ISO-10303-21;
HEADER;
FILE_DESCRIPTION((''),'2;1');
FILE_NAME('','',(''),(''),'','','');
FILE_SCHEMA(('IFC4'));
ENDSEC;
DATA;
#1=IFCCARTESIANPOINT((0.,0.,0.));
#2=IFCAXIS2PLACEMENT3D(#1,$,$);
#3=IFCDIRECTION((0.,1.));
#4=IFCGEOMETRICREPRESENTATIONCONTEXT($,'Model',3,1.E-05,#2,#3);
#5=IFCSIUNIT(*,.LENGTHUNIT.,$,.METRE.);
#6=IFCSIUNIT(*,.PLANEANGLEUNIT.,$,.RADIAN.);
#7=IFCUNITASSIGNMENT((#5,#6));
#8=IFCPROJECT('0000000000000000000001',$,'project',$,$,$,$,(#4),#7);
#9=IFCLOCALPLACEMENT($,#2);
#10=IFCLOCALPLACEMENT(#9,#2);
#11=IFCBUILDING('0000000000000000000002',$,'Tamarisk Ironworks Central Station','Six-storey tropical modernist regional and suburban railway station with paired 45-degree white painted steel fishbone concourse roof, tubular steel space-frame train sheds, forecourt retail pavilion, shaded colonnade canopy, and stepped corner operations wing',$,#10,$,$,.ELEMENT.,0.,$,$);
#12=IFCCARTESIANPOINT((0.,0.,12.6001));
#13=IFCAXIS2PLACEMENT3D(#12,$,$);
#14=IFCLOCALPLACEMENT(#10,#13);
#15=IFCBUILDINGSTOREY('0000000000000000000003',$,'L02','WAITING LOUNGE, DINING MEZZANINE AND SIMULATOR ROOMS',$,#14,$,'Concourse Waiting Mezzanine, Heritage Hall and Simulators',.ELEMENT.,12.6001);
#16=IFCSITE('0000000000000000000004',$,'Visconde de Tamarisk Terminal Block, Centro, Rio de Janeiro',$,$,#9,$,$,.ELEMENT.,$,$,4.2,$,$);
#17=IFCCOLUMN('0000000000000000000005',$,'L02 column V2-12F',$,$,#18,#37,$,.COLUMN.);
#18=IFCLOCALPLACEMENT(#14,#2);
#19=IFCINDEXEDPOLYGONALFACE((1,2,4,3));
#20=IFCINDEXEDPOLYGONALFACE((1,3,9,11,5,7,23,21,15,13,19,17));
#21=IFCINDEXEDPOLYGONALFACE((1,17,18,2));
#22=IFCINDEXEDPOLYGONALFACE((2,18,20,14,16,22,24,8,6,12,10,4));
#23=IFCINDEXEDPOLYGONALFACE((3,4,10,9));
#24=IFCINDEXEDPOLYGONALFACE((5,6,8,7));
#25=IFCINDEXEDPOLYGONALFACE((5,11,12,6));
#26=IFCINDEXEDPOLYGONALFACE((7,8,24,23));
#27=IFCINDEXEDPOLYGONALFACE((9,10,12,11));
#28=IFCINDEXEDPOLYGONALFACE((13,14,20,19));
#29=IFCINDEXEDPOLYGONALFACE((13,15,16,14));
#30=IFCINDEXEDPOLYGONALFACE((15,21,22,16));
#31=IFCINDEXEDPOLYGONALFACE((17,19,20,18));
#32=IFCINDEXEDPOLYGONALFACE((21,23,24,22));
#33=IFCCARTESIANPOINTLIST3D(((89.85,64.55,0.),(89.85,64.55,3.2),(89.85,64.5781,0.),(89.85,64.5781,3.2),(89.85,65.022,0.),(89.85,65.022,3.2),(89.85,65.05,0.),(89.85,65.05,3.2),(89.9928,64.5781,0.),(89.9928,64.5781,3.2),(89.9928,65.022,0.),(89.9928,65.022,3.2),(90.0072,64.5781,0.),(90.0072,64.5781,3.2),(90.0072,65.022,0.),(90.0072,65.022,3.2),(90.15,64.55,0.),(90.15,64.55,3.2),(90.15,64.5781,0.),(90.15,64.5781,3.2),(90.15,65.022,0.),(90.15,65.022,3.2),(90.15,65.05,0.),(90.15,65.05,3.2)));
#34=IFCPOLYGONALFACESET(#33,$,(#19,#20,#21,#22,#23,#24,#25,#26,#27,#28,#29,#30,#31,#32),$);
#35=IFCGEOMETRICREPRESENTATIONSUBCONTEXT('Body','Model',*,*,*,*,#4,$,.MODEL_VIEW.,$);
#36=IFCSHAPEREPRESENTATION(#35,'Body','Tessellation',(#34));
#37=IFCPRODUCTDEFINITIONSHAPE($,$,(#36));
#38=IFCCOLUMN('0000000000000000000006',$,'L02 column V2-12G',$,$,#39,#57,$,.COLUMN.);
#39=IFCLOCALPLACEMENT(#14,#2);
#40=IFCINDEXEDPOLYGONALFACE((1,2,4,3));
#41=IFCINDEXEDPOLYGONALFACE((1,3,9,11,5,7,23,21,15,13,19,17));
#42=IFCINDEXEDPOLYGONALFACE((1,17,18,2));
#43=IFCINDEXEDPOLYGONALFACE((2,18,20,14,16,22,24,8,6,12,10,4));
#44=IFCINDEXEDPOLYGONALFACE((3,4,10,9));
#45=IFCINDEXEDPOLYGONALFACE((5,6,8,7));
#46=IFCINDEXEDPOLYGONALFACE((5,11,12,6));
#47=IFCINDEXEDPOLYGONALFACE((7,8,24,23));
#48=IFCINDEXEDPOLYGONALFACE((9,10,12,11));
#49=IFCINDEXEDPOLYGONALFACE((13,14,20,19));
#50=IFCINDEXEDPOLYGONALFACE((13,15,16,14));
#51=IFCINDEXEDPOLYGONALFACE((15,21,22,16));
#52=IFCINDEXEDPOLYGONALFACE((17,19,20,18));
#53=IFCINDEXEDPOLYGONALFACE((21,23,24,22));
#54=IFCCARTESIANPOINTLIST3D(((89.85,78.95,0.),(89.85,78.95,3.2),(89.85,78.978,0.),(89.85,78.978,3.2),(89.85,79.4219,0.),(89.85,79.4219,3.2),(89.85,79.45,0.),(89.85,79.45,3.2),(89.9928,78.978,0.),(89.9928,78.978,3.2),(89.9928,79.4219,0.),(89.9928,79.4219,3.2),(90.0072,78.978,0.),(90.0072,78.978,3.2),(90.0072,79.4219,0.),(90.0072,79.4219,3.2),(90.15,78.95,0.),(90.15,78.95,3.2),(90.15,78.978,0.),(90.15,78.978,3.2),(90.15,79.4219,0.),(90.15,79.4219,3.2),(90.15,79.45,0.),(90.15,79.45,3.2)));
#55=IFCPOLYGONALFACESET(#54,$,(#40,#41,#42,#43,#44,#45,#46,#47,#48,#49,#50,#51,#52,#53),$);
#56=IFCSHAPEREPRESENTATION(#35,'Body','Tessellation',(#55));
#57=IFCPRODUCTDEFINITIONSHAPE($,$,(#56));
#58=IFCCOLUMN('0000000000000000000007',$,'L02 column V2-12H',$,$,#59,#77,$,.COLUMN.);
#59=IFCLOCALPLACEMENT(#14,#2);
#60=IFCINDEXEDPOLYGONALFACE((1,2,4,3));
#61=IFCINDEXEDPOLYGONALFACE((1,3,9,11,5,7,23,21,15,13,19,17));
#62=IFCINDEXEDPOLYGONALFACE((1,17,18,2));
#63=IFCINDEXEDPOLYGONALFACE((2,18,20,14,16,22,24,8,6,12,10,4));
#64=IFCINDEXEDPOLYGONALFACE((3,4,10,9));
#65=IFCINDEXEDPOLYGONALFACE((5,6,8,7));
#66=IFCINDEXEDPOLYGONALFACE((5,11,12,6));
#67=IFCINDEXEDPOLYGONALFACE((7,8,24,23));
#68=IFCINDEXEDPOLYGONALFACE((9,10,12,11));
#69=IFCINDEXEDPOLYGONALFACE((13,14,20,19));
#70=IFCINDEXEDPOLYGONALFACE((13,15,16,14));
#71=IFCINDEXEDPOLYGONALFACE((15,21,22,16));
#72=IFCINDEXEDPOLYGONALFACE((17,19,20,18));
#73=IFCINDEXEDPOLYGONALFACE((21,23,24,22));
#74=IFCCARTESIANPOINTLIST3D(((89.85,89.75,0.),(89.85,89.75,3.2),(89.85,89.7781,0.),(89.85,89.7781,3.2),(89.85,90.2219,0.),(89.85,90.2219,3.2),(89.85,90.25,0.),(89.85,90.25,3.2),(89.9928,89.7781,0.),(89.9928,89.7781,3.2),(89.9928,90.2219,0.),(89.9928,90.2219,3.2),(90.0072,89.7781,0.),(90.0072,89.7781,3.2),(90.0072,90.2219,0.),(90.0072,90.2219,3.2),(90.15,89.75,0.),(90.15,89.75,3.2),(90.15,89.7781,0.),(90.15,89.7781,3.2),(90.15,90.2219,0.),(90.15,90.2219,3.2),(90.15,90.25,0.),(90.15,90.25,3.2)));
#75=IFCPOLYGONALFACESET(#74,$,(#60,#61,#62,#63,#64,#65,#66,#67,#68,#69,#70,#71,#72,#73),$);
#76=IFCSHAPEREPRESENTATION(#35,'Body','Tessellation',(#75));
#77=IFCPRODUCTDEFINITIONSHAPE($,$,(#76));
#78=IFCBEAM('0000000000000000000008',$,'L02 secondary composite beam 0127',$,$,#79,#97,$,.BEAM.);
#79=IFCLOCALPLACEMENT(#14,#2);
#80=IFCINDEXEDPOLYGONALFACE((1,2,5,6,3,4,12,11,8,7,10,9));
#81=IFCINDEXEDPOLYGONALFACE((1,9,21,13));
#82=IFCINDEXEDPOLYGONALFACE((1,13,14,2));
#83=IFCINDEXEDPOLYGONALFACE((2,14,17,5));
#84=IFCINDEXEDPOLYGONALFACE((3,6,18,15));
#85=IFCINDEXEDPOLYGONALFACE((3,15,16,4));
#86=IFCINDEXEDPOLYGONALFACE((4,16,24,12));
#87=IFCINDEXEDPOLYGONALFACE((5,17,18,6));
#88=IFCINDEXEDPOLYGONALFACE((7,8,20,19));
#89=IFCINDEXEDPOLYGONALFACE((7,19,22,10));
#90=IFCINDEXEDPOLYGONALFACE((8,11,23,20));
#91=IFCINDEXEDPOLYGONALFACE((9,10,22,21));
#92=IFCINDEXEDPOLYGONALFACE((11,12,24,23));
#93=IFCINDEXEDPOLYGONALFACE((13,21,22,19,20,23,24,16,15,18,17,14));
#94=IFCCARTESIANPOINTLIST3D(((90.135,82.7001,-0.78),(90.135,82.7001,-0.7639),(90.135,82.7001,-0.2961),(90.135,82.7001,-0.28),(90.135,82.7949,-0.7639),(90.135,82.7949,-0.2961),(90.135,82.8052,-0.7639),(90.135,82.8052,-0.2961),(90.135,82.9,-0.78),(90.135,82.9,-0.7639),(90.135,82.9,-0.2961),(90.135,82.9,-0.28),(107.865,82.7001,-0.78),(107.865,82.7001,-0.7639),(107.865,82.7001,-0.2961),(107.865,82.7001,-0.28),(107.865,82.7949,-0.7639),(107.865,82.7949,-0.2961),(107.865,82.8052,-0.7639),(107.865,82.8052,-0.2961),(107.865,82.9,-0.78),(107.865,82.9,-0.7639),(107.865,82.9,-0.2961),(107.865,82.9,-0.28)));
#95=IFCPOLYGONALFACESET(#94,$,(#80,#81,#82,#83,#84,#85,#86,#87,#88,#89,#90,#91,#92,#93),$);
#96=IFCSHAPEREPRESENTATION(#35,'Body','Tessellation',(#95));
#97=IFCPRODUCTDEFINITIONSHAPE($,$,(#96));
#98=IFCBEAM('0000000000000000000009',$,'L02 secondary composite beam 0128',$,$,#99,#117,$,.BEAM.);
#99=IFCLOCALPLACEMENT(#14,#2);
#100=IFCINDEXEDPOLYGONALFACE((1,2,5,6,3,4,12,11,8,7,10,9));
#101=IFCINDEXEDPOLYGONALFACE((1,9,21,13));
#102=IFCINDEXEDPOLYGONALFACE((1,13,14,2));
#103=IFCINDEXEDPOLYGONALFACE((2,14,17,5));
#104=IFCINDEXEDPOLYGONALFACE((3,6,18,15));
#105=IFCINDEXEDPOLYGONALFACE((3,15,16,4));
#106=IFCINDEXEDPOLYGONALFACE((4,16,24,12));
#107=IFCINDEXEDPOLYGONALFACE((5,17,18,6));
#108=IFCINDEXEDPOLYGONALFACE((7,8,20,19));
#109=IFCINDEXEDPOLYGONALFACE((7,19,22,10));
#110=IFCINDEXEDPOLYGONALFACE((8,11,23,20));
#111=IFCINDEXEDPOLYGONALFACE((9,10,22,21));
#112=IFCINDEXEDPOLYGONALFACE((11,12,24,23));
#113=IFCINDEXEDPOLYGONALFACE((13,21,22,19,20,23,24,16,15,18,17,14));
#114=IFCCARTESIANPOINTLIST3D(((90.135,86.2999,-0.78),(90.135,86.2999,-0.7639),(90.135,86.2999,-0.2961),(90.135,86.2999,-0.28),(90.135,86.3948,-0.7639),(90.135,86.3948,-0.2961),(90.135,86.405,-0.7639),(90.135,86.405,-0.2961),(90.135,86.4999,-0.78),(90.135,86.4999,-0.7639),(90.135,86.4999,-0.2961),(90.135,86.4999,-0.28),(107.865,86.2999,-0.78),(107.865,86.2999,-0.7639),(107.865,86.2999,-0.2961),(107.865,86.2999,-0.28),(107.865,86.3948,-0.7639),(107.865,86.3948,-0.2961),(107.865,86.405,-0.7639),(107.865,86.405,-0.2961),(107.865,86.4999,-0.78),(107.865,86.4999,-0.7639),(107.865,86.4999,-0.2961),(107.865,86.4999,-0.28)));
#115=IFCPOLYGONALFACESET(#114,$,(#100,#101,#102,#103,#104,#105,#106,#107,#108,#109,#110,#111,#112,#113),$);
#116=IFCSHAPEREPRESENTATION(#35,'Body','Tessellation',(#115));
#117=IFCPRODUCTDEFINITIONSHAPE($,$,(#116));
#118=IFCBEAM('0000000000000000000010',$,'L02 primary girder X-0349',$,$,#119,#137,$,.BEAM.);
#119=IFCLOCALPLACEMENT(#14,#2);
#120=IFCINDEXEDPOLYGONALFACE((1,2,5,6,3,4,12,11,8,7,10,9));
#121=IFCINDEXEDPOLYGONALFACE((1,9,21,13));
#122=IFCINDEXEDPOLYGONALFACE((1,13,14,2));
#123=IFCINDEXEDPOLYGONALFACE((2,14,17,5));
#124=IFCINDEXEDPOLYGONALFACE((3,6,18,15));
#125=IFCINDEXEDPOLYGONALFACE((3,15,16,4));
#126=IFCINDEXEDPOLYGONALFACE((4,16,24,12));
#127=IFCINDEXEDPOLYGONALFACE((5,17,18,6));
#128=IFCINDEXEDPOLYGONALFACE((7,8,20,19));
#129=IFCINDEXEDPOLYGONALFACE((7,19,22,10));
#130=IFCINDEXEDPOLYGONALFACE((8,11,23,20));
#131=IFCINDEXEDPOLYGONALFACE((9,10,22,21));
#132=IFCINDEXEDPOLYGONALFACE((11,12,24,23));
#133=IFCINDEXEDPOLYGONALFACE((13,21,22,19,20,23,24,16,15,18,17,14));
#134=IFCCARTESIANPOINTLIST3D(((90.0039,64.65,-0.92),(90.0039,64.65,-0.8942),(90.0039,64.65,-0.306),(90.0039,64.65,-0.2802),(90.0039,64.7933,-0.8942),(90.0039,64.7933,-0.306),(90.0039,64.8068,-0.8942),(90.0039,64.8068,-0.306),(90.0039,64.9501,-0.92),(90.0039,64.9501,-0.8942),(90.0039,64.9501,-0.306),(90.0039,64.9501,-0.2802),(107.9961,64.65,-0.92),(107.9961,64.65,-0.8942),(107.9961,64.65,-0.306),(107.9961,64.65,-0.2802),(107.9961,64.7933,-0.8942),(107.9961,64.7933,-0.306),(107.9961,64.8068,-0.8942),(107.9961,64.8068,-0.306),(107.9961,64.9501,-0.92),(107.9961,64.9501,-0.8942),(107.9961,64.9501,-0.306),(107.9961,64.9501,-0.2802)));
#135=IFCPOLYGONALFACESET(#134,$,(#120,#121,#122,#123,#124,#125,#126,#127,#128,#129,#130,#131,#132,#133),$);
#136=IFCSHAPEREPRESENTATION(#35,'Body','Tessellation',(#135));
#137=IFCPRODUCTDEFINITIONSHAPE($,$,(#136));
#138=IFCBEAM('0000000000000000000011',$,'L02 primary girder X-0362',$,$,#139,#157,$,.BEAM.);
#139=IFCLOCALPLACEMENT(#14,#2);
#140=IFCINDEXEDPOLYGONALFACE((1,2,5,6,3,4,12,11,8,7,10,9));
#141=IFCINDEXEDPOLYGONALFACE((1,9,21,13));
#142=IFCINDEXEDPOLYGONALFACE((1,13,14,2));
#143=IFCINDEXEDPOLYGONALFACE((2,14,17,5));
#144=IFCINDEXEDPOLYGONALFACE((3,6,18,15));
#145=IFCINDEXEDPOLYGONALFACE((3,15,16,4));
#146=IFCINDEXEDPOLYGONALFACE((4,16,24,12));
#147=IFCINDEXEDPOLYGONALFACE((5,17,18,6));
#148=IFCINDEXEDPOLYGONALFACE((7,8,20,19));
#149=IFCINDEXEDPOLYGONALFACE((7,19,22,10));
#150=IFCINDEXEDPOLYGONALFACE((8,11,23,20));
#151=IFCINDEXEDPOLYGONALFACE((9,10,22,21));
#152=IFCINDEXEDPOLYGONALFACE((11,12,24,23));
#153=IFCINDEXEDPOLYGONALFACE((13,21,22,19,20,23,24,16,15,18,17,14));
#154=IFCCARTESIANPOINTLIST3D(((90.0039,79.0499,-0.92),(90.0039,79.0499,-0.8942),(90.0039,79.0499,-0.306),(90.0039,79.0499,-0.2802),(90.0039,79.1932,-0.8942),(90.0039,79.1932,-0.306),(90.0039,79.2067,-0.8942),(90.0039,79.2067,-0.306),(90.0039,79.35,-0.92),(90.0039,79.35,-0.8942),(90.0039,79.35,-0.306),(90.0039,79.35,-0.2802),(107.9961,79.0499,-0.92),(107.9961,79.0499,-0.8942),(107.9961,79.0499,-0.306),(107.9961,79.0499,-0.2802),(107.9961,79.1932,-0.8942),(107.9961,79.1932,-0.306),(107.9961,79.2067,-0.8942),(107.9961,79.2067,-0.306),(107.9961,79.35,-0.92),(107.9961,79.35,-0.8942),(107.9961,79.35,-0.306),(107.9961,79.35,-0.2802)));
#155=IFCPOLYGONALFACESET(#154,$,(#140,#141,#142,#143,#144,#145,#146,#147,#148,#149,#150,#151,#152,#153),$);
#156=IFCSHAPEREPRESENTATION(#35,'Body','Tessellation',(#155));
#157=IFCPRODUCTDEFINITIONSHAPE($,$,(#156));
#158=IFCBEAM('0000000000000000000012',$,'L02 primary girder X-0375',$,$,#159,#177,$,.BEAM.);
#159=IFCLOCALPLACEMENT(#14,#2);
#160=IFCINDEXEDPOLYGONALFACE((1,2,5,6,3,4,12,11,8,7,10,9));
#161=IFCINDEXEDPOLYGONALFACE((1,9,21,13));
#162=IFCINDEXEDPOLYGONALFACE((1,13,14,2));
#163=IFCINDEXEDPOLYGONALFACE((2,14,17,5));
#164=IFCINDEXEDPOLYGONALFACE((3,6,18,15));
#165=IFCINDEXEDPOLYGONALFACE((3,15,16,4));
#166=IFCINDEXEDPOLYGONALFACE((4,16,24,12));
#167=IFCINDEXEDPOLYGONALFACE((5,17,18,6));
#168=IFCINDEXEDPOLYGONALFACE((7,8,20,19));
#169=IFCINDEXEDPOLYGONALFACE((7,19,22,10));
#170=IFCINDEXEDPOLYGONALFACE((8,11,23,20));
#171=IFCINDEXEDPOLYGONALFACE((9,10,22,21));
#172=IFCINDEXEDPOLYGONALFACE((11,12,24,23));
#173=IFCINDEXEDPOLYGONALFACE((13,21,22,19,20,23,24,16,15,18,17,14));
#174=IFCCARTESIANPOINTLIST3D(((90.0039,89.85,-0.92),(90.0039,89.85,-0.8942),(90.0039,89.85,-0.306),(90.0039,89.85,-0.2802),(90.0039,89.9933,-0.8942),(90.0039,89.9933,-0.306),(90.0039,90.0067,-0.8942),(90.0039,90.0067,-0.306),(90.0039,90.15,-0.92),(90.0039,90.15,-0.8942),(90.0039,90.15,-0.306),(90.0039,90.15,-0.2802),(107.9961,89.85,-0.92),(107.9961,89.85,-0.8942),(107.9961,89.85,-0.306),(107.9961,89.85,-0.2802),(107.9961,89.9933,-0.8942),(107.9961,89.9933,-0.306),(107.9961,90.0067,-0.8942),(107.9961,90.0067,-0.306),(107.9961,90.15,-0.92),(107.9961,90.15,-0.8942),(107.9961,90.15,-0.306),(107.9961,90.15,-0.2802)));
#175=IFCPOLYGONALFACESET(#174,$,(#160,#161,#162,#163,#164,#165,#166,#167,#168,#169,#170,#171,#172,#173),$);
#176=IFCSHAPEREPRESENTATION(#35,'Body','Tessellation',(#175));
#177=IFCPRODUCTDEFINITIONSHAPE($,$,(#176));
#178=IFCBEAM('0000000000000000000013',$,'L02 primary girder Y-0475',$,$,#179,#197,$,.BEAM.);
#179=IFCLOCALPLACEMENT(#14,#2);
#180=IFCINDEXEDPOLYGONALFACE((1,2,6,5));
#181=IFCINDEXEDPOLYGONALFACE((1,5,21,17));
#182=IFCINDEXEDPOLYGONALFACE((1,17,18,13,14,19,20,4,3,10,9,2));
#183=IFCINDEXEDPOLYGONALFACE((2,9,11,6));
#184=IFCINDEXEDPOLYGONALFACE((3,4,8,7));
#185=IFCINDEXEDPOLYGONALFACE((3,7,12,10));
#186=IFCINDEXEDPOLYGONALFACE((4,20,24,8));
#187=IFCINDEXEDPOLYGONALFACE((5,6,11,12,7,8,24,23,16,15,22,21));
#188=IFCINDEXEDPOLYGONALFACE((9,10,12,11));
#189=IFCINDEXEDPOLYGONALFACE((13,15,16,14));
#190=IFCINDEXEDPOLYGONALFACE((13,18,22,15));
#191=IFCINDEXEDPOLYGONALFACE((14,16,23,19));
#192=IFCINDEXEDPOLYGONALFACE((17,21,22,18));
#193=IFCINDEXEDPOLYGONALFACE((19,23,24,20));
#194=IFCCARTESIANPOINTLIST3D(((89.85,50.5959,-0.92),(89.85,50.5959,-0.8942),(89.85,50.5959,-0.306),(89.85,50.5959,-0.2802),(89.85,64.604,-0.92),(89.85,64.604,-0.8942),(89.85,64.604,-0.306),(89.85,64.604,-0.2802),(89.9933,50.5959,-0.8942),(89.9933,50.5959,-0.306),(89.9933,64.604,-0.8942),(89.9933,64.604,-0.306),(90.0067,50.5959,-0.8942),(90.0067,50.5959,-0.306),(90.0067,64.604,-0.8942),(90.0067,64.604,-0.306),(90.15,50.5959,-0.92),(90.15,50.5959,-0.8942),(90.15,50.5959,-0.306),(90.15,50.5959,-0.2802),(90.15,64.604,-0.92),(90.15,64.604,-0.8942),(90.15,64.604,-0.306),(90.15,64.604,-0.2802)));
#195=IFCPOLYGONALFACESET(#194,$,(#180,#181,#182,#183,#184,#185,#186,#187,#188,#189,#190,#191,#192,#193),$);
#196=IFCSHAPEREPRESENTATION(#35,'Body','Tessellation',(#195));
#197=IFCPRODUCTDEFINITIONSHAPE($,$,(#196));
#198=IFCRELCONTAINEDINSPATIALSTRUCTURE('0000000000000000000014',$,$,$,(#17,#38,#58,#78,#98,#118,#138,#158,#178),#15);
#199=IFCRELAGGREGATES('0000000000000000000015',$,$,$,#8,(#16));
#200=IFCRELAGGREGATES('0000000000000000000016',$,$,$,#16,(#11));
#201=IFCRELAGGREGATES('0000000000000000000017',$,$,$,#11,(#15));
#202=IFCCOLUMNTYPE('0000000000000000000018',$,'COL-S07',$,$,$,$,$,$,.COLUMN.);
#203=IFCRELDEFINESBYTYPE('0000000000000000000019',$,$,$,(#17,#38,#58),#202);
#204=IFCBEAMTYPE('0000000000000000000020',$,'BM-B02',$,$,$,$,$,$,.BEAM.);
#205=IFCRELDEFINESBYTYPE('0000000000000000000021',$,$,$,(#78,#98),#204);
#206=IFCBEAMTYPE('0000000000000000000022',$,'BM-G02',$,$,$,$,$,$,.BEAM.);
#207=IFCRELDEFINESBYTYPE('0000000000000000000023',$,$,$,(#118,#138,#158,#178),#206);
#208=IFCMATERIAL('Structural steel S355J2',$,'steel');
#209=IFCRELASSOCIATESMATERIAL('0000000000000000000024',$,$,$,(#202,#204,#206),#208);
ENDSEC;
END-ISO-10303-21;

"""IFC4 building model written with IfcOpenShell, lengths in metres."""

from ifc_helpers import new_model, si_unit, direction, frame, origin, origin_2d, place, context, subcontext, project, spatial, i_section, extrude, material, material_profile, profile_set, type_object, element, save


model = new_model("IFC4")

# Units and contexts
model_context = context("Model", 3, precision=1e-05, world=origin(), true_north=direction((0.0, 1.0)))
body_context = subcontext(model_context, "Body", "Model", "MODEL_VIEW")
ifc_project = project(units=[si_unit("LENGTHUNIT", "METRE"), si_unit("PLANEANGLEUNIT", "RADIAN")], contexts=[model_context])

# Site, building, storey
site_placement = place(None, origin())
site = spatial("IfcSite", under=ifc_project, at=site_placement, Name="Visconde de Tamarisk Terminal Block, Centro, Rio de Janeiro", CompositionType="ELEMENT", RefElevation=4.2)
building_placement = place(site_placement, origin())
building = spatial("IfcBuilding", under=site, at=building_placement, Name="Tamarisk Ironworks Central Station", Description="Six-storey tropical modernist regional and suburban railway station with paired 45-degree white painted steel fishbone concourse roof, tubular steel space-frame train sheds, forecourt retail pavilion, shaded colonnade canopy, and stepped corner operations wing", CompositionType="ELEMENT", ElevationOfRefHeight=0.0)
storey_placement = place(building_placement, frame((0.0, 0.0, 12.6001)))
storey = spatial("IfcBuildingStorey", under=building, at=storey_placement, Name="L02", Description="WAITING LOUNGE, DINING MEZZANINE AND SIMULATOR ROOMS", LongName="Concourse Waiting Mezzanine, Heritage Hall and Simulators", CompositionType="ELEMENT", Elevation=12.6001)

# Columns
ifc_material_1 = material(Name="Structural steel S355J2", Category="steel")
ifc_material_profile_1 = material_profile(ifc_material_1, i_section(OverallWidth=0.3, OverallDepth=0.5, WebThickness=0.0144, FlangeThickness=0.0281, at=origin_2d()), Name="HEB 500")
ifc_profile_set_1 = profile_set([ifc_material_profile_1], Name="Structural steel S355J2")
column_type = type_object("IfcColumnType", Name="COL-S07", PredefinedType="COLUMN", material=ifc_profile_set_1)
for number, where, z_axis, x_axis, name in (
    (1, (90.0, 64.8, 0.0), (0.0, 0.0, 1.0), (1.0, 0.0, 0.0), "L02 column V2-12F"),
    (2, (90.0, 79.2, 0.0), (0.0, 0.0, 1.0), (1.0, 0.0, 0.0), "L02 column V2-12G"),
    (3, (90.0, 90.0, 0.0), (0.0, 0.0, 1.0), (1.0, 0.0, 0.0), "L02 column V2-12H"),
):
    element("IfcColumn", number, at=place(storey_placement, frame(where, z_axis=z_axis, x_axis=x_axis)), inside=storey, type_object=column_type, Name=name, PredefinedType="COLUMN", context=body_context, shape_type="SweptSolid", body=[
        extrude(i_section(OverallWidth=0.3, OverallDepth=0.5, WebThickness=0.0144, FlangeThickness=0.0281, at=origin_2d()), origin(), (0.0, 0.0, 1.0), 3.2),
    ])

# Beams
ifc_material_profile_2 = material_profile(ifc_material_1, i_section(OverallWidth=0.2, OverallDepth=0.5, WebThickness=0.0103, FlangeThickness=0.0161, at=origin_2d()), Name="IPE 500")
ifc_profile_set_2 = profile_set([ifc_material_profile_2], Name="Structural steel S355J2")
beam_type_1 = type_object("IfcBeamType", Name="BM-B02", PredefinedType="BEAM", material=ifc_profile_set_2)
for number, where, z_axis, x_axis, name in (
    (4, (90.135, 82.8, -0.53), (1.0, 0.0, 0.0), (0.0, 1.0, 0.0), "L02 secondary composite beam 0127"),
    (5, (90.135, 86.3999, -0.53), (1.0, 0.0, 0.0), (0.0, 1.0, 0.0), "L02 secondary composite beam 0128"),
):
    element("IfcBeam", number, at=place(storey_placement, frame(where, z_axis=z_axis, x_axis=x_axis)), inside=storey, type_object=beam_type_1, Name=name, PredefinedType="BEAM", context=body_context, shape_type="SweptSolid", body=[
        extrude(i_section(OverallWidth=0.2, OverallDepth=0.5, WebThickness=0.0103, FlangeThickness=0.0161, at=origin_2d()), origin(), (0.0, 0.0, 1.0), 17.73),
    ])
ifc_material_profile_3 = material_profile(ifc_material_1, i_section(OverallWidth=0.3, OverallDepth=0.6399, WebThickness=0.0134, FlangeThickness=0.0259, at=origin_2d()), Name="HEA 650")
ifc_profile_set_3 = profile_set([ifc_material_profile_3], Name="Structural steel S355J2")
beam_type_2 = type_object("IfcBeamType", Name="BM-G02", PredefinedType="BEAM", material=ifc_profile_set_3)
for number, where, z_axis, x_axis, name in (
    (6, (90.0039, 64.8, -0.6001), (1.0, 0.0, 0.0), (0.0, 1.0, 0.0), "L02 primary girder X-0349"),
    (7, (90.0039, 79.2, -0.6001), (1.0, 0.0, 0.0), (0.0, 1.0, 0.0), "L02 primary girder X-0362"),
    (8, (90.0039, 90.0, -0.6001), (1.0, 0.0, 0.0), (0.0, 1.0, 0.0), "L02 primary girder X-0375"),
):
    element("IfcBeam", number, at=place(storey_placement, frame(where, z_axis=z_axis, x_axis=x_axis)), inside=storey, type_object=beam_type_2, Name=name, PredefinedType="BEAM", context=body_context, shape_type="SweptSolid", body=[
        extrude(i_section(OverallWidth=0.3, OverallDepth=0.6399, WebThickness=0.0134, FlangeThickness=0.0259, at=origin_2d()), origin(), (0.0, 0.0, 1.0), 17.9922),
    ])
beam_1_placement = place(storey_placement, frame((90.0, 50.5959, -0.6001), z_axis=(0.0, 1.0, 0.0), x_axis=(-1.0, 0.0, 0.0)))
element("IfcBeam", 9, at=beam_1_placement, inside=storey, type_object=beam_type_2, Name="L02 primary girder Y-0475", PredefinedType="BEAM", context=body_context, shape_type="SweptSolid", body=[
    extrude(i_section(OverallWidth=0.3, OverallDepth=0.6399, WebThickness=0.0134, FlangeThickness=0.0259, at=origin_2d()), origin(), (0.0, 0.0, 1.0), 14.0081),
])

save(model, "model.ifc")
